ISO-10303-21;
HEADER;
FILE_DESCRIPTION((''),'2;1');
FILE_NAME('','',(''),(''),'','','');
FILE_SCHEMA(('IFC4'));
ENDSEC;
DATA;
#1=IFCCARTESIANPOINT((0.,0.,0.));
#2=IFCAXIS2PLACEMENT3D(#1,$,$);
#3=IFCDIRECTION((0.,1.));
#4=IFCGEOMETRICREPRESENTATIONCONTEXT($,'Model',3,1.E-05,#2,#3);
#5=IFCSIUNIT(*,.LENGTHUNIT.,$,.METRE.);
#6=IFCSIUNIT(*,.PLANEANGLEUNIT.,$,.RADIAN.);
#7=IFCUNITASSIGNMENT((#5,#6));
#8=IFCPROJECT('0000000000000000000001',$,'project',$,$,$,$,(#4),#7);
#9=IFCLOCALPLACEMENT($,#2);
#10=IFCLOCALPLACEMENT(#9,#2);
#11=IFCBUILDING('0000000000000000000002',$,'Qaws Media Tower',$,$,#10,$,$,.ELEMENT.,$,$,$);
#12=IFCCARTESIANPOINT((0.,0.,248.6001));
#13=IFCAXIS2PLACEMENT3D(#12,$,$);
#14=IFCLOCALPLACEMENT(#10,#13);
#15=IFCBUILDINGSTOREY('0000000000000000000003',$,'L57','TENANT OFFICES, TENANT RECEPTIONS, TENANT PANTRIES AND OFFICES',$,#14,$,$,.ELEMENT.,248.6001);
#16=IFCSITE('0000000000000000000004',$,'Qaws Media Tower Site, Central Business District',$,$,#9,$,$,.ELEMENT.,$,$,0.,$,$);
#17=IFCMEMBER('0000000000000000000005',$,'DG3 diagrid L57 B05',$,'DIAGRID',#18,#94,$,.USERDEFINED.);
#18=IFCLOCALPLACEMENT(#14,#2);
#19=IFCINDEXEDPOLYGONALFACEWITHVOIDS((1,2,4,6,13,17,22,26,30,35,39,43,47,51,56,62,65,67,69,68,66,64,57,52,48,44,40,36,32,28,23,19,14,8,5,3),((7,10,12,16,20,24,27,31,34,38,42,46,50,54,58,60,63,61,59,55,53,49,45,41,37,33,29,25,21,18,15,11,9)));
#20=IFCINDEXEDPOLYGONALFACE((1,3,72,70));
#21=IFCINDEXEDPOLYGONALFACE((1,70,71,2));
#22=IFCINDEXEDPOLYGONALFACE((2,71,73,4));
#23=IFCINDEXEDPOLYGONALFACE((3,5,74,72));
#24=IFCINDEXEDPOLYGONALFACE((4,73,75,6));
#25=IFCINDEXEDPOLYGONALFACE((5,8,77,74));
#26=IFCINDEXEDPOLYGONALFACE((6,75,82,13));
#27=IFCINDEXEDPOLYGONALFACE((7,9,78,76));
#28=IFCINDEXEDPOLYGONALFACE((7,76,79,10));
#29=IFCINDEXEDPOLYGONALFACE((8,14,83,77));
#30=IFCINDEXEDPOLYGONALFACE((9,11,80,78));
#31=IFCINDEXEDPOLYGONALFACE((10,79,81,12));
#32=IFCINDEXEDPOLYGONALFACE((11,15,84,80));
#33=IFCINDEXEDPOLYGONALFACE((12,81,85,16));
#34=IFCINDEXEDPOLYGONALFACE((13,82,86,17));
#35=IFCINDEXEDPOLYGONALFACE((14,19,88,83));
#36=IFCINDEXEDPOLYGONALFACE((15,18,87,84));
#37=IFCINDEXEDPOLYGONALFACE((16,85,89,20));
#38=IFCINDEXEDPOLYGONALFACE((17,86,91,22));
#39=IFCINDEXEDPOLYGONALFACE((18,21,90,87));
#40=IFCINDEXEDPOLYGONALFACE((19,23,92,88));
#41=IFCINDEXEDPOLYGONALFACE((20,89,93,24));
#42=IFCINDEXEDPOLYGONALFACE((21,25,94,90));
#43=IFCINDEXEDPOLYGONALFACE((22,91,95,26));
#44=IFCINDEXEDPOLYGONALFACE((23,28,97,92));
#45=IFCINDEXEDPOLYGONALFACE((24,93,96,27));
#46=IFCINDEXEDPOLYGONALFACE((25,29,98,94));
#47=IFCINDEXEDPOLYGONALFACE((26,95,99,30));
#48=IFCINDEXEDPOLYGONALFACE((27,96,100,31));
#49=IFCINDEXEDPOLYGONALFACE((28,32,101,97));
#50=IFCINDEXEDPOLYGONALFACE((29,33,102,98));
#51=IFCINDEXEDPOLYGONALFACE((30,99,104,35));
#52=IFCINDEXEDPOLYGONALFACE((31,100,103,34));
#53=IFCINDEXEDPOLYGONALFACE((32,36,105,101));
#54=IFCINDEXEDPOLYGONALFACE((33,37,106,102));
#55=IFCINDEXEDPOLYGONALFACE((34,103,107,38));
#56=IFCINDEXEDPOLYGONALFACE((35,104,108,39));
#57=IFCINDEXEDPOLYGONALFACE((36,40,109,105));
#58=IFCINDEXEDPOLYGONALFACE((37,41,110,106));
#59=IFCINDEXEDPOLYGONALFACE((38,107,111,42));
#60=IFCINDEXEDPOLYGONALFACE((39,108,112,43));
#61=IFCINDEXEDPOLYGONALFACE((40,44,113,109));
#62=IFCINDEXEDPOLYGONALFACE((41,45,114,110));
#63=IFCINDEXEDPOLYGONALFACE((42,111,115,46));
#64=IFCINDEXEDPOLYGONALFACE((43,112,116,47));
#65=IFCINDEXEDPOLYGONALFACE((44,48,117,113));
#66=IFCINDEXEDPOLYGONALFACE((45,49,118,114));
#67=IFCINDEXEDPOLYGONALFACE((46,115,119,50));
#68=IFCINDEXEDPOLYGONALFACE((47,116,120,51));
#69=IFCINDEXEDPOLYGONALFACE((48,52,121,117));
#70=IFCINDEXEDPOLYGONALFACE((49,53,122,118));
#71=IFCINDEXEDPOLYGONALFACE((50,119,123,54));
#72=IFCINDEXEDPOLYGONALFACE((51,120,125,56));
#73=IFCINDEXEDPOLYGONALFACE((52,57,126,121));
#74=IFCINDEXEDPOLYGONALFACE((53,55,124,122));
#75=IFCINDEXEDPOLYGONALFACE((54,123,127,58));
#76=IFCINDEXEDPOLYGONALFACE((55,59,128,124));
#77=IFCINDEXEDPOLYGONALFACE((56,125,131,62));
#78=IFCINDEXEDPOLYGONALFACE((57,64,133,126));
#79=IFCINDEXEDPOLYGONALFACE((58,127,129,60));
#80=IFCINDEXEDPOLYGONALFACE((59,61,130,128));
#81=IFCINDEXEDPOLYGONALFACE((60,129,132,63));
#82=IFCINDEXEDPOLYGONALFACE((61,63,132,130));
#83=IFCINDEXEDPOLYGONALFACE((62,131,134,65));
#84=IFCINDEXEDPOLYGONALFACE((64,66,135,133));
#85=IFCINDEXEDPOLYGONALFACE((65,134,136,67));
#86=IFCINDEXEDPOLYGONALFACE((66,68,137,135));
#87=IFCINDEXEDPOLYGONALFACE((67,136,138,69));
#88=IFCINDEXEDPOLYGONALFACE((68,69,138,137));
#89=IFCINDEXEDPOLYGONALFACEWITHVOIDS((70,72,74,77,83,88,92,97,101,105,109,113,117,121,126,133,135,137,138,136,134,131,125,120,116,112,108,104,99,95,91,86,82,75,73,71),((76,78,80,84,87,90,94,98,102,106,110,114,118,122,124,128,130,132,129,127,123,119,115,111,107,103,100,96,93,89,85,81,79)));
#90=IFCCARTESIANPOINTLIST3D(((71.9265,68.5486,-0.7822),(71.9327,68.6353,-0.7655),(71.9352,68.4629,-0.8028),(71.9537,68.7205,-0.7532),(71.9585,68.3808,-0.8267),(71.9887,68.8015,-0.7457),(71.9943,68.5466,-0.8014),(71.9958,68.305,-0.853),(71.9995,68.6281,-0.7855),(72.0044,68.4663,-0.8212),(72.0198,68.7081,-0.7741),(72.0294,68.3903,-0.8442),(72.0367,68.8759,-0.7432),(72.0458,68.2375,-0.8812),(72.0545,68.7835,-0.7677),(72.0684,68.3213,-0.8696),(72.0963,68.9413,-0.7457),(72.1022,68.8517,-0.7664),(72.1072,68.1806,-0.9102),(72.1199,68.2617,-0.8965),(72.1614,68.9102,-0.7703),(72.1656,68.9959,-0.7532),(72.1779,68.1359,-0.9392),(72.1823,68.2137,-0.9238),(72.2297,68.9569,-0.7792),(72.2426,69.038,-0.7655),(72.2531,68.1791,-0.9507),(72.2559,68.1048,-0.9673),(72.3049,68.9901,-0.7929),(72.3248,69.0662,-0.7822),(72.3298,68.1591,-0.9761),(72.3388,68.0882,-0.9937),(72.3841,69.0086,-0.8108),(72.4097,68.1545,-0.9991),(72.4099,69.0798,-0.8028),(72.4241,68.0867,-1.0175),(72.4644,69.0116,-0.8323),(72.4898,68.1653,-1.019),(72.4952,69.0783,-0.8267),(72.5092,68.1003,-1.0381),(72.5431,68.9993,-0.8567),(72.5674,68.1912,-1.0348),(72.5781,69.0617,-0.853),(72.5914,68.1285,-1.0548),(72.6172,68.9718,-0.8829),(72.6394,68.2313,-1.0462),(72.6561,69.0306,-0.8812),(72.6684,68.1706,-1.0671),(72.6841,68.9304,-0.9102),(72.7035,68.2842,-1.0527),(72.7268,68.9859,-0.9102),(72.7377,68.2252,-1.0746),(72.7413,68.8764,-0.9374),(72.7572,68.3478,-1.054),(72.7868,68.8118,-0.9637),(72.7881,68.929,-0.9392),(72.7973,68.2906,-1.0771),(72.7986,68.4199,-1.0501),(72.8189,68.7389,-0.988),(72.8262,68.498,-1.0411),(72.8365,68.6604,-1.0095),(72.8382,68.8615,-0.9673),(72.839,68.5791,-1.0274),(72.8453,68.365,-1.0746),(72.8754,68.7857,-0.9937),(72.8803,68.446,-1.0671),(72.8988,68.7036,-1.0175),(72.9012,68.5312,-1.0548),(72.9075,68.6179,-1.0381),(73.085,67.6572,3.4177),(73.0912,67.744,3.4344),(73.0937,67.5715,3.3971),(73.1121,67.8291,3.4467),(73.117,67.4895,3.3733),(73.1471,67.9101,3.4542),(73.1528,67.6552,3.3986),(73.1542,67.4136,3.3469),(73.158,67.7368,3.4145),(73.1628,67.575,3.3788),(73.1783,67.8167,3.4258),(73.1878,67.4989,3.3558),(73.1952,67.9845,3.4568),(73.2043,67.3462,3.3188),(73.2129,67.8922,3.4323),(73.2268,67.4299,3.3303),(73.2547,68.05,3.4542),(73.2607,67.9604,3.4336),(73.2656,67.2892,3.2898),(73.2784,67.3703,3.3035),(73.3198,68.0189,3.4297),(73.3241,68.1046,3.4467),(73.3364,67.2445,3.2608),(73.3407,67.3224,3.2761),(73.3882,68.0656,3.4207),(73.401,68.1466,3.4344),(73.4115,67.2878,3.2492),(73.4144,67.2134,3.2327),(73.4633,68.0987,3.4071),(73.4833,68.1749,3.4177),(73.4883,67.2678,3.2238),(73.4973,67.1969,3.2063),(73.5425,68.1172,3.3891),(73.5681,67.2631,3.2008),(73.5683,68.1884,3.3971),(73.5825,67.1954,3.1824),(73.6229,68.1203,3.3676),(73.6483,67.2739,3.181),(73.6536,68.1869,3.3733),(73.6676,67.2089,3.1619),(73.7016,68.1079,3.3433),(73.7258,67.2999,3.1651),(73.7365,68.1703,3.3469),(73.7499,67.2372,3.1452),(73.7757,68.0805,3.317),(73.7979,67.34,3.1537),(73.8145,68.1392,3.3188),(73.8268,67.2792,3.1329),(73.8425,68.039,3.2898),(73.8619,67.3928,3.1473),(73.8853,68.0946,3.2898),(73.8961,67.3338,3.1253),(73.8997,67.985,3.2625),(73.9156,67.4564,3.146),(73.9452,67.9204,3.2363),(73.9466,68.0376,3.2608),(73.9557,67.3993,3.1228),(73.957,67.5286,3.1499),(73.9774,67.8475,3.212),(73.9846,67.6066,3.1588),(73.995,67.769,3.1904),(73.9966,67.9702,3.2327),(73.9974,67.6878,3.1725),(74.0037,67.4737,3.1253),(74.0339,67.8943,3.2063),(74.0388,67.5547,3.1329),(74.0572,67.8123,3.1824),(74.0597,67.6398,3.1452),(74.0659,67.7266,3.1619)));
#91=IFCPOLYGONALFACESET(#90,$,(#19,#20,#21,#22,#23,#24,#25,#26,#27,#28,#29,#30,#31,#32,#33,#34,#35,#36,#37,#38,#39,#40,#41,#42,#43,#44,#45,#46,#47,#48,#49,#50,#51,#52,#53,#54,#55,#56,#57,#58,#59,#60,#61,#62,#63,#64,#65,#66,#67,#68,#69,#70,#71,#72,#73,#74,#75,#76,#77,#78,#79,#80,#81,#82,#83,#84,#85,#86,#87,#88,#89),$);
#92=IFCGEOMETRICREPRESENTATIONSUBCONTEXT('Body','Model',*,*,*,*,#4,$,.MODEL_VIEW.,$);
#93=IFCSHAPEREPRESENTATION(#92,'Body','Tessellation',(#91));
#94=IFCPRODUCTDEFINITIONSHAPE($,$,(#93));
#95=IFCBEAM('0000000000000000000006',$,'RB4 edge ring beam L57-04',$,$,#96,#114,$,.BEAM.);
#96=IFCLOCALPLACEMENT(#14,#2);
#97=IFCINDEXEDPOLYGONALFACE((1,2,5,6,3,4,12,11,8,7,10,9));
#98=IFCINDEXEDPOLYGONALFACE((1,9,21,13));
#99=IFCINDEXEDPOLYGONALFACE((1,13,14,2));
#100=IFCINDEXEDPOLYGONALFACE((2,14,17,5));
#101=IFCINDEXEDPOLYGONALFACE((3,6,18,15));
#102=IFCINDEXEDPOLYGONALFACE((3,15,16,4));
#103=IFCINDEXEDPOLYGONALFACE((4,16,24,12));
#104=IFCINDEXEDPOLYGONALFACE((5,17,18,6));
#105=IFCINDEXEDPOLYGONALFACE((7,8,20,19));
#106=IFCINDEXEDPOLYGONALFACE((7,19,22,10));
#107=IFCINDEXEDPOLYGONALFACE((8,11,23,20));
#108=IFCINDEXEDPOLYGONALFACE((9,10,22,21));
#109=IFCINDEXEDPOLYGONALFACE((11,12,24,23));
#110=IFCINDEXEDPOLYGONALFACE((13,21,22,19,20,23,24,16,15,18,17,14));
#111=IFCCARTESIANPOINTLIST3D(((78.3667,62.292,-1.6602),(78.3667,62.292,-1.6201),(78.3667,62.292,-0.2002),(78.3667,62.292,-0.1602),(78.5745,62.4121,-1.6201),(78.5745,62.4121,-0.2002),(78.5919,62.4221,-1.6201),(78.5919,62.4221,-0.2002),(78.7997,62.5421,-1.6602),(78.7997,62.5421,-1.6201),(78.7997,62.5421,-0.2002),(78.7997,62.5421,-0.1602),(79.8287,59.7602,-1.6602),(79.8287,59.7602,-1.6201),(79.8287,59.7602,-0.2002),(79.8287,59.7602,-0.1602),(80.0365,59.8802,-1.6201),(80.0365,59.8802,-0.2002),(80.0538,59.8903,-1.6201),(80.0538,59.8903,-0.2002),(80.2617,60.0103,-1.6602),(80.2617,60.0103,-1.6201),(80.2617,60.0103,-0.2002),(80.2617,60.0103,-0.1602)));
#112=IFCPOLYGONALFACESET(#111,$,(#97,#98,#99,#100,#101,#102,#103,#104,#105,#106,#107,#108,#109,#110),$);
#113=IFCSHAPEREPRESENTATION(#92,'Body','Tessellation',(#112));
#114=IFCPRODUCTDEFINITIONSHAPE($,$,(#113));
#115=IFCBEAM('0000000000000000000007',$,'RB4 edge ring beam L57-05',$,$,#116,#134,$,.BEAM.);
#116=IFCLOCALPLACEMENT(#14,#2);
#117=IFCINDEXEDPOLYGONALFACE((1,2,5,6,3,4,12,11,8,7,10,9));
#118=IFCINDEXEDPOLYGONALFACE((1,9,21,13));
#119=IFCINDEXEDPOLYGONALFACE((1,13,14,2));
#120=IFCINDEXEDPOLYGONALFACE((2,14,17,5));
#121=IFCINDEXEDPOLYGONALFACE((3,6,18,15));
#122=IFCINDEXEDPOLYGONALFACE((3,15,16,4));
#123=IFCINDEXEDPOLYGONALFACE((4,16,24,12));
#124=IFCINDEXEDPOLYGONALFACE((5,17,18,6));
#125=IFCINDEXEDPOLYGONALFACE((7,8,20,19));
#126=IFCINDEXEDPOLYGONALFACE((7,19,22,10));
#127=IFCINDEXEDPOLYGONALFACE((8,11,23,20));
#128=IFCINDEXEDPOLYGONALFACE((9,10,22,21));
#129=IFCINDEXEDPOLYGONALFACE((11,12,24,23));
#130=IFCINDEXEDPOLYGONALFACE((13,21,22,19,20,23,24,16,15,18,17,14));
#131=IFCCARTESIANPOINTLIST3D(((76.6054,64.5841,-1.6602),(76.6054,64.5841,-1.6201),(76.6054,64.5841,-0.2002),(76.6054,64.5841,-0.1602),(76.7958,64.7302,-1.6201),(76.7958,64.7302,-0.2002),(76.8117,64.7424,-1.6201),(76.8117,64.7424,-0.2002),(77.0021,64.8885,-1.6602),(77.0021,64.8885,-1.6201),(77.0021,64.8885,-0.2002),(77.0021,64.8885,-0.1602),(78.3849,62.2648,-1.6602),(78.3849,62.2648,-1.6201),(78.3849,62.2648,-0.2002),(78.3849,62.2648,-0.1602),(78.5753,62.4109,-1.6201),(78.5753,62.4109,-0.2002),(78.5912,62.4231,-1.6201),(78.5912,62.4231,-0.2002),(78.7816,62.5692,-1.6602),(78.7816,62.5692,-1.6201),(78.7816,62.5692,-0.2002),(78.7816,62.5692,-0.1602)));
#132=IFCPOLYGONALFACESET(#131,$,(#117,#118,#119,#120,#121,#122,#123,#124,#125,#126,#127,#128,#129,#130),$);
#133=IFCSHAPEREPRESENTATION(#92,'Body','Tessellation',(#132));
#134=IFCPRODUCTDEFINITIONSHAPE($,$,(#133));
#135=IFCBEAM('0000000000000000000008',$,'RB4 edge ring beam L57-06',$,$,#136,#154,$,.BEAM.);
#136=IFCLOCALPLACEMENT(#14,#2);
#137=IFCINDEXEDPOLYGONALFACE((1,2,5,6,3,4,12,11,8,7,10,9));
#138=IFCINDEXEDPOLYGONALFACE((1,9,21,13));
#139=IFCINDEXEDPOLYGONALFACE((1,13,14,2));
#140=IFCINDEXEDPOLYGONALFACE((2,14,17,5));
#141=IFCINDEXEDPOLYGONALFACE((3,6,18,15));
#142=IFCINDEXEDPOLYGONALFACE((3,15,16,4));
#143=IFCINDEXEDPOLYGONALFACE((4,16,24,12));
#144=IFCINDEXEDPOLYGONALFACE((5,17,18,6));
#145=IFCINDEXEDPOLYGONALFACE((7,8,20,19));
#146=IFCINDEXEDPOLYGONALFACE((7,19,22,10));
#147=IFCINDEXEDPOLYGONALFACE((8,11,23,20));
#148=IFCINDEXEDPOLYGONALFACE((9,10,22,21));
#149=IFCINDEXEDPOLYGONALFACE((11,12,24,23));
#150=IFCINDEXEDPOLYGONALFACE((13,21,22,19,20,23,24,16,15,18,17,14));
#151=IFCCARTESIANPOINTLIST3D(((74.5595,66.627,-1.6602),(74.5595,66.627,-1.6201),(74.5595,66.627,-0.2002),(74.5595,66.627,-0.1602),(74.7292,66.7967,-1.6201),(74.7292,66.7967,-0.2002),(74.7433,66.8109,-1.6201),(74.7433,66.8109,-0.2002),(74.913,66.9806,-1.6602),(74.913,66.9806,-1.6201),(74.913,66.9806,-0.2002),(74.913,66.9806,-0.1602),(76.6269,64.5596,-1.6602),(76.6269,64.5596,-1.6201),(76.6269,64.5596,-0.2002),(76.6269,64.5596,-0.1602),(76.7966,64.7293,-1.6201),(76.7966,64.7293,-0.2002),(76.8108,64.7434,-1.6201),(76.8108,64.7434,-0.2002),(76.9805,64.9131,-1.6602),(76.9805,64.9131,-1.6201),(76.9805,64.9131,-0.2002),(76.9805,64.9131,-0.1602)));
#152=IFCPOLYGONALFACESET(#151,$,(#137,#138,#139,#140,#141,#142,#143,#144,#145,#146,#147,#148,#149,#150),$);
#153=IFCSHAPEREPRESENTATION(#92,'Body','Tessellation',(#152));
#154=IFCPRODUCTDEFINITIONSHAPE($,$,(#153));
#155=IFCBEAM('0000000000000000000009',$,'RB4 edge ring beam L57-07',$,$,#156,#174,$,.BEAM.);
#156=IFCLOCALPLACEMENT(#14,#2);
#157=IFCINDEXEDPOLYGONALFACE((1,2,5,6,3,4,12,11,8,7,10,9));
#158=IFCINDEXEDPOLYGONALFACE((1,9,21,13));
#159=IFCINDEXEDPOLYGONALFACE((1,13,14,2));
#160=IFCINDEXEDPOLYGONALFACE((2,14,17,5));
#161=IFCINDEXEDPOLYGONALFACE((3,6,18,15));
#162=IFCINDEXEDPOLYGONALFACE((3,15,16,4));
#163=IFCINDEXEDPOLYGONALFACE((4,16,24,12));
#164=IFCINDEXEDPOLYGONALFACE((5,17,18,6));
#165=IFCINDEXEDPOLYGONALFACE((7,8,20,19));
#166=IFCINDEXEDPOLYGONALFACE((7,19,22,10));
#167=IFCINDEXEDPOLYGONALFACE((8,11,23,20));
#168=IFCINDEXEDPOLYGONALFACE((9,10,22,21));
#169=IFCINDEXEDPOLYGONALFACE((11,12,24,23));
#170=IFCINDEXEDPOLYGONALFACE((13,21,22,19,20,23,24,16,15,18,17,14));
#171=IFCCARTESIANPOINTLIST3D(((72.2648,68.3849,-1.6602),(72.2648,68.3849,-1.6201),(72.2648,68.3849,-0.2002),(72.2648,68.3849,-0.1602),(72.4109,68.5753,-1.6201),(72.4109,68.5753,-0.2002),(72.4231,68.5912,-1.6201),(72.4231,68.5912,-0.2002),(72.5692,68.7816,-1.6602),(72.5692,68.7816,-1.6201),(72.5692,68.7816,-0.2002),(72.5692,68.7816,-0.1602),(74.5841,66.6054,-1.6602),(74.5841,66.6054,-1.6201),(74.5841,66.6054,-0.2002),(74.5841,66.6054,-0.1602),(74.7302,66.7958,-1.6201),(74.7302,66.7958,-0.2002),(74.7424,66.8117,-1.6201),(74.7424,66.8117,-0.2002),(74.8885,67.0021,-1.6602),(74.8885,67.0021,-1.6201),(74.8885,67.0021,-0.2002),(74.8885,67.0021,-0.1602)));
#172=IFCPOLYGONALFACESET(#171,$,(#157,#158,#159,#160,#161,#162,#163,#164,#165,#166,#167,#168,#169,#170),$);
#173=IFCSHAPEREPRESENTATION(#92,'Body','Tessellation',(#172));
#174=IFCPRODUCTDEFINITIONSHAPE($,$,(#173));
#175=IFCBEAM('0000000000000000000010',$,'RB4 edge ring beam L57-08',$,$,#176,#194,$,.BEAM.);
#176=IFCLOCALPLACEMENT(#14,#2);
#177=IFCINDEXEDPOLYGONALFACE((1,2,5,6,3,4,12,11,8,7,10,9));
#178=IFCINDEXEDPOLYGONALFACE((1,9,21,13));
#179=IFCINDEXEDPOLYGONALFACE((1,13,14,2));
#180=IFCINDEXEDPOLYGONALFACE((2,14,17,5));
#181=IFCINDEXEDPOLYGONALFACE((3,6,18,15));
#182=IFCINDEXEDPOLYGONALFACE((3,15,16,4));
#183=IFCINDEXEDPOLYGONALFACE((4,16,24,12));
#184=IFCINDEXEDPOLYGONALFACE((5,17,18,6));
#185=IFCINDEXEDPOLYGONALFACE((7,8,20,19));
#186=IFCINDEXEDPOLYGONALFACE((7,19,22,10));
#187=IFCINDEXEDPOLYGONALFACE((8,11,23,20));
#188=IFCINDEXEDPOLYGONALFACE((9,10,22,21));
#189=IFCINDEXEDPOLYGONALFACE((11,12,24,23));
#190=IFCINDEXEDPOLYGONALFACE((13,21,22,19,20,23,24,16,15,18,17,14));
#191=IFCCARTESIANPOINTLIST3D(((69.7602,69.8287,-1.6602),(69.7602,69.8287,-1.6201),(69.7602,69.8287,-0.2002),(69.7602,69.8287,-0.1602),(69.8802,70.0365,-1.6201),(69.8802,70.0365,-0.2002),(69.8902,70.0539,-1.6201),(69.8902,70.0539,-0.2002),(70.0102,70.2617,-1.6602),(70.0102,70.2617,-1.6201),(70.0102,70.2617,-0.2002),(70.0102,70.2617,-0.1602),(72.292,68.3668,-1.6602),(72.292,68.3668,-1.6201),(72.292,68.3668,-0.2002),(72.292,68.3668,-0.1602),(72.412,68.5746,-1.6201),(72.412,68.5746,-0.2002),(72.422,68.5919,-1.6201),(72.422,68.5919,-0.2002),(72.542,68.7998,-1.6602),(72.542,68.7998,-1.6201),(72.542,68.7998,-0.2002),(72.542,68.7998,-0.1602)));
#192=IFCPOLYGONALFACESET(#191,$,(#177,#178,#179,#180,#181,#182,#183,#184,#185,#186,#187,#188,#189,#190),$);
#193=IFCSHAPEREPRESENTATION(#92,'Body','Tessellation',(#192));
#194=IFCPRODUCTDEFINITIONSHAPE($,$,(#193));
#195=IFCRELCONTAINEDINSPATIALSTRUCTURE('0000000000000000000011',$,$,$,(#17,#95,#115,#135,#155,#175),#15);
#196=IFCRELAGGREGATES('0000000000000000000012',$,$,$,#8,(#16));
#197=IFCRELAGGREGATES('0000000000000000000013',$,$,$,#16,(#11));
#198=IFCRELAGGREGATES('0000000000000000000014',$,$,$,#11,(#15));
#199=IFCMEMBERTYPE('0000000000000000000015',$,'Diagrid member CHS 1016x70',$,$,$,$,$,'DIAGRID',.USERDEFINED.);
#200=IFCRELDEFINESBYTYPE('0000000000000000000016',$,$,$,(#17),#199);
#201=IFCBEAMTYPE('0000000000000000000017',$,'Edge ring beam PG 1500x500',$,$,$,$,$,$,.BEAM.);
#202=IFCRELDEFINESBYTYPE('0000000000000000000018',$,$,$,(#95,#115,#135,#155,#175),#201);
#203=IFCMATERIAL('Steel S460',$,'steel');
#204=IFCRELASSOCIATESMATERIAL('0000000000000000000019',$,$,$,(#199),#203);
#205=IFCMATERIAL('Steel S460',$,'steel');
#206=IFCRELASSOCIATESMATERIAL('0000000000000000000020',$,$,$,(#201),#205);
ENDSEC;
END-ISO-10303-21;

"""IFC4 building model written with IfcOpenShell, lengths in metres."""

from ifc_helpers import new_model, si_unit, direction, frame, origin, origin_2d, place, context, subcontext, project, spatial, hollow_circle, i_section, extrude, material, material_profile, profile_set, type_object, element, save


model = new_model("IFC4")

# Units and contexts
model_context = context("Model", 3, precision=1e-05, world=origin(), true_north=direction((0.0, 1.0)))
body_context = subcontext(model_context, "Body", "Model", "MODEL_VIEW")
ifc_project = project(units=[si_unit("LENGTHUNIT", "METRE"), si_unit("PLANEANGLEUNIT", "RADIAN")], contexts=[model_context])

# Site, building, storey
site_placement = place(None, origin())
site = spatial("IfcSite", under=ifc_project, at=site_placement, Name="Qaws Media Tower Site, Central Business District", CompositionType="ELEMENT", RefElevation=0.0)
building_placement = place(site_placement, origin())
building = spatial("IfcBuilding", under=site, at=building_placement, Name="Qaws Media Tower", CompositionType="ELEMENT")
storey_placement = place(building_placement, frame((0.0, 0.0, 248.6001)))
storey = spatial("IfcBuildingStorey", under=building, at=storey_placement, Name="L57", Description="TENANT OFFICES, TENANT RECEPTIONS, TENANT PANTRIES AND OFFICES", CompositionType="ELEMENT", Elevation=248.6001)

# Member
ifc_material_1 = material(Name="Steel S460", Category="steel")
ifc_material_profile_1 = material_profile(ifc_material_1, hollow_circle(Radius=0.5081, WallThickness=0.0701, at=origin_2d()), Name="CHS 1016x70")
ifc_profile_set_1 = profile_set([ifc_material_profile_1], Name="Steel S460")
member_type_1 = type_object("IfcMemberType", Name="Diagrid member CHS 1016x70", ElementType="DIAGRID", PredefinedType="USERDEFINED", material=ifc_profile_set_1)
for number, where, z_axis, x_axis, name in (
    (1, (72.417, 68.5833, -0.9102), (0.260499, -0.200439, 0.944439), (0.609816, 0.792543, 0.0), "DG3 diagrid L57 B05"),
):
    element("IfcMember", number, at=place(storey_placement, frame(where, z_axis=z_axis, x_axis=x_axis)), inside=storey, type_object=member_type_1, Name=name, ObjectType="DIAGRID", PredefinedType="USERDEFINED", context=body_context, shape_type="SweptSolid", body=[
        extrude(hollow_circle(Radius=0.5081, WallThickness=0.0701, at=origin_2d()), origin(), (0.0, 0.0, 1.0), 4.447),
    ])

# Beams
ifc_material_2 = material(Name="Steel S460", Category="steel")
ifc_material_profile_2 = material_profile(ifc_material_2, i_section(OverallWidth=0.5, OverallDepth=1.5, WebThickness=0.02, FlangeThickness=0.04, at=origin_2d()), Name="PG 1500x500")
ifc_profile_set_2 = profile_set([ifc_material_profile_2], Name="Steel S460")
beam_type = type_object("IfcBeamType", Name="Edge ring beam PG 1500x500", PredefinedType="BEAM", material=ifc_profile_set_2)
beam_1_placement = place(storey_placement, frame((80.0452, 59.8853, -0.9102), z_axis=(-0.500055, 0.865994, 0.0), x_axis=(-0.865994, -0.500055, 0.0)))
element("IfcBeam", 2, at=beam_1_placement, inside=storey, type_object=beam_type, Name="RB4 edge ring beam L57-04", PredefinedType="BEAM", context=body_context, shape_type="SweptSolid", body=[
    extrude(i_section(OverallWidth=0.5, OverallDepth=1.5, WebThickness=0.02, FlangeThickness=0.04, at=origin_2d()), origin(), (0.0, 0.0, 1.0), 2.9236),
])
beam_2_placement = place(storey_placement, frame((78.5833, 62.417, -0.9102), z_axis=(-0.60873, 0.793378, 0.0), x_axis=(-0.793378, -0.60873, 0.0)))
element("IfcBeam", 3, at=beam_2_placement, inside=storey, type_object=beam_type, Name="RB4 edge ring beam L57-05", PredefinedType="BEAM", context=body_context, shape_type="SweptSolid", body=[
    extrude(i_section(OverallWidth=0.5, OverallDepth=1.5, WebThickness=0.02, FlangeThickness=0.04, at=origin_2d()), origin(), (0.0, 0.0, 1.0), 2.9233),
])
beam_3_placement = place(storey_placement, frame((76.8037, 64.7363, -0.9102), z_axis=(-0.707107, 0.707107, 0.0), x_axis=(-0.707107, -0.707107, 0.0)))
element("IfcBeam", 4, at=beam_3_placement, inside=storey, type_object=beam_type, Name="RB4 edge ring beam L57-06", PredefinedType="BEAM", context=body_context, shape_type="SweptSolid", body=[
    extrude(i_section(OverallWidth=0.5, OverallDepth=1.5, WebThickness=0.02, FlangeThickness=0.04, at=origin_2d()), origin(), (0.0, 0.0, 1.0), 2.9238),
])
beam_4_placement = place(storey_placement, frame((74.7363, 66.8037, -0.9102), z_axis=(-0.793378, 0.60873, 0.0), x_axis=(-0.60873, -0.793378, 0.0)))
element("IfcBeam", 5, at=beam_4_placement, inside=storey, type_object=beam_type, Name="RB4 edge ring beam L57-07", PredefinedType="BEAM", context=body_context, shape_type="SweptSolid", body=[
    extrude(i_section(OverallWidth=0.5, OverallDepth=1.5, WebThickness=0.02, FlangeThickness=0.04, at=origin_2d()), origin(), (0.0, 0.0, 1.0), 2.9233),
])
beam_5_placement = place(storey_placement, frame((72.417, 68.5833, -0.9102), z_axis=(-0.865994, 0.500055, 0.0), x_axis=(-0.500055, -0.865994, 0.0)))
element("IfcBeam", 6, at=beam_5_placement, inside=storey, type_object=beam_type, Name="RB4 edge ring beam L57-08", PredefinedType="BEAM", context=body_context, shape_type="SweptSolid", body=[
    extrude(i_section(OverallWidth=0.5, OverallDepth=1.5, WebThickness=0.02, FlangeThickness=0.04, at=origin_2d()), origin(), (0.0, 0.0, 1.0), 2.9236),
])

save(model, "model.ifc")
